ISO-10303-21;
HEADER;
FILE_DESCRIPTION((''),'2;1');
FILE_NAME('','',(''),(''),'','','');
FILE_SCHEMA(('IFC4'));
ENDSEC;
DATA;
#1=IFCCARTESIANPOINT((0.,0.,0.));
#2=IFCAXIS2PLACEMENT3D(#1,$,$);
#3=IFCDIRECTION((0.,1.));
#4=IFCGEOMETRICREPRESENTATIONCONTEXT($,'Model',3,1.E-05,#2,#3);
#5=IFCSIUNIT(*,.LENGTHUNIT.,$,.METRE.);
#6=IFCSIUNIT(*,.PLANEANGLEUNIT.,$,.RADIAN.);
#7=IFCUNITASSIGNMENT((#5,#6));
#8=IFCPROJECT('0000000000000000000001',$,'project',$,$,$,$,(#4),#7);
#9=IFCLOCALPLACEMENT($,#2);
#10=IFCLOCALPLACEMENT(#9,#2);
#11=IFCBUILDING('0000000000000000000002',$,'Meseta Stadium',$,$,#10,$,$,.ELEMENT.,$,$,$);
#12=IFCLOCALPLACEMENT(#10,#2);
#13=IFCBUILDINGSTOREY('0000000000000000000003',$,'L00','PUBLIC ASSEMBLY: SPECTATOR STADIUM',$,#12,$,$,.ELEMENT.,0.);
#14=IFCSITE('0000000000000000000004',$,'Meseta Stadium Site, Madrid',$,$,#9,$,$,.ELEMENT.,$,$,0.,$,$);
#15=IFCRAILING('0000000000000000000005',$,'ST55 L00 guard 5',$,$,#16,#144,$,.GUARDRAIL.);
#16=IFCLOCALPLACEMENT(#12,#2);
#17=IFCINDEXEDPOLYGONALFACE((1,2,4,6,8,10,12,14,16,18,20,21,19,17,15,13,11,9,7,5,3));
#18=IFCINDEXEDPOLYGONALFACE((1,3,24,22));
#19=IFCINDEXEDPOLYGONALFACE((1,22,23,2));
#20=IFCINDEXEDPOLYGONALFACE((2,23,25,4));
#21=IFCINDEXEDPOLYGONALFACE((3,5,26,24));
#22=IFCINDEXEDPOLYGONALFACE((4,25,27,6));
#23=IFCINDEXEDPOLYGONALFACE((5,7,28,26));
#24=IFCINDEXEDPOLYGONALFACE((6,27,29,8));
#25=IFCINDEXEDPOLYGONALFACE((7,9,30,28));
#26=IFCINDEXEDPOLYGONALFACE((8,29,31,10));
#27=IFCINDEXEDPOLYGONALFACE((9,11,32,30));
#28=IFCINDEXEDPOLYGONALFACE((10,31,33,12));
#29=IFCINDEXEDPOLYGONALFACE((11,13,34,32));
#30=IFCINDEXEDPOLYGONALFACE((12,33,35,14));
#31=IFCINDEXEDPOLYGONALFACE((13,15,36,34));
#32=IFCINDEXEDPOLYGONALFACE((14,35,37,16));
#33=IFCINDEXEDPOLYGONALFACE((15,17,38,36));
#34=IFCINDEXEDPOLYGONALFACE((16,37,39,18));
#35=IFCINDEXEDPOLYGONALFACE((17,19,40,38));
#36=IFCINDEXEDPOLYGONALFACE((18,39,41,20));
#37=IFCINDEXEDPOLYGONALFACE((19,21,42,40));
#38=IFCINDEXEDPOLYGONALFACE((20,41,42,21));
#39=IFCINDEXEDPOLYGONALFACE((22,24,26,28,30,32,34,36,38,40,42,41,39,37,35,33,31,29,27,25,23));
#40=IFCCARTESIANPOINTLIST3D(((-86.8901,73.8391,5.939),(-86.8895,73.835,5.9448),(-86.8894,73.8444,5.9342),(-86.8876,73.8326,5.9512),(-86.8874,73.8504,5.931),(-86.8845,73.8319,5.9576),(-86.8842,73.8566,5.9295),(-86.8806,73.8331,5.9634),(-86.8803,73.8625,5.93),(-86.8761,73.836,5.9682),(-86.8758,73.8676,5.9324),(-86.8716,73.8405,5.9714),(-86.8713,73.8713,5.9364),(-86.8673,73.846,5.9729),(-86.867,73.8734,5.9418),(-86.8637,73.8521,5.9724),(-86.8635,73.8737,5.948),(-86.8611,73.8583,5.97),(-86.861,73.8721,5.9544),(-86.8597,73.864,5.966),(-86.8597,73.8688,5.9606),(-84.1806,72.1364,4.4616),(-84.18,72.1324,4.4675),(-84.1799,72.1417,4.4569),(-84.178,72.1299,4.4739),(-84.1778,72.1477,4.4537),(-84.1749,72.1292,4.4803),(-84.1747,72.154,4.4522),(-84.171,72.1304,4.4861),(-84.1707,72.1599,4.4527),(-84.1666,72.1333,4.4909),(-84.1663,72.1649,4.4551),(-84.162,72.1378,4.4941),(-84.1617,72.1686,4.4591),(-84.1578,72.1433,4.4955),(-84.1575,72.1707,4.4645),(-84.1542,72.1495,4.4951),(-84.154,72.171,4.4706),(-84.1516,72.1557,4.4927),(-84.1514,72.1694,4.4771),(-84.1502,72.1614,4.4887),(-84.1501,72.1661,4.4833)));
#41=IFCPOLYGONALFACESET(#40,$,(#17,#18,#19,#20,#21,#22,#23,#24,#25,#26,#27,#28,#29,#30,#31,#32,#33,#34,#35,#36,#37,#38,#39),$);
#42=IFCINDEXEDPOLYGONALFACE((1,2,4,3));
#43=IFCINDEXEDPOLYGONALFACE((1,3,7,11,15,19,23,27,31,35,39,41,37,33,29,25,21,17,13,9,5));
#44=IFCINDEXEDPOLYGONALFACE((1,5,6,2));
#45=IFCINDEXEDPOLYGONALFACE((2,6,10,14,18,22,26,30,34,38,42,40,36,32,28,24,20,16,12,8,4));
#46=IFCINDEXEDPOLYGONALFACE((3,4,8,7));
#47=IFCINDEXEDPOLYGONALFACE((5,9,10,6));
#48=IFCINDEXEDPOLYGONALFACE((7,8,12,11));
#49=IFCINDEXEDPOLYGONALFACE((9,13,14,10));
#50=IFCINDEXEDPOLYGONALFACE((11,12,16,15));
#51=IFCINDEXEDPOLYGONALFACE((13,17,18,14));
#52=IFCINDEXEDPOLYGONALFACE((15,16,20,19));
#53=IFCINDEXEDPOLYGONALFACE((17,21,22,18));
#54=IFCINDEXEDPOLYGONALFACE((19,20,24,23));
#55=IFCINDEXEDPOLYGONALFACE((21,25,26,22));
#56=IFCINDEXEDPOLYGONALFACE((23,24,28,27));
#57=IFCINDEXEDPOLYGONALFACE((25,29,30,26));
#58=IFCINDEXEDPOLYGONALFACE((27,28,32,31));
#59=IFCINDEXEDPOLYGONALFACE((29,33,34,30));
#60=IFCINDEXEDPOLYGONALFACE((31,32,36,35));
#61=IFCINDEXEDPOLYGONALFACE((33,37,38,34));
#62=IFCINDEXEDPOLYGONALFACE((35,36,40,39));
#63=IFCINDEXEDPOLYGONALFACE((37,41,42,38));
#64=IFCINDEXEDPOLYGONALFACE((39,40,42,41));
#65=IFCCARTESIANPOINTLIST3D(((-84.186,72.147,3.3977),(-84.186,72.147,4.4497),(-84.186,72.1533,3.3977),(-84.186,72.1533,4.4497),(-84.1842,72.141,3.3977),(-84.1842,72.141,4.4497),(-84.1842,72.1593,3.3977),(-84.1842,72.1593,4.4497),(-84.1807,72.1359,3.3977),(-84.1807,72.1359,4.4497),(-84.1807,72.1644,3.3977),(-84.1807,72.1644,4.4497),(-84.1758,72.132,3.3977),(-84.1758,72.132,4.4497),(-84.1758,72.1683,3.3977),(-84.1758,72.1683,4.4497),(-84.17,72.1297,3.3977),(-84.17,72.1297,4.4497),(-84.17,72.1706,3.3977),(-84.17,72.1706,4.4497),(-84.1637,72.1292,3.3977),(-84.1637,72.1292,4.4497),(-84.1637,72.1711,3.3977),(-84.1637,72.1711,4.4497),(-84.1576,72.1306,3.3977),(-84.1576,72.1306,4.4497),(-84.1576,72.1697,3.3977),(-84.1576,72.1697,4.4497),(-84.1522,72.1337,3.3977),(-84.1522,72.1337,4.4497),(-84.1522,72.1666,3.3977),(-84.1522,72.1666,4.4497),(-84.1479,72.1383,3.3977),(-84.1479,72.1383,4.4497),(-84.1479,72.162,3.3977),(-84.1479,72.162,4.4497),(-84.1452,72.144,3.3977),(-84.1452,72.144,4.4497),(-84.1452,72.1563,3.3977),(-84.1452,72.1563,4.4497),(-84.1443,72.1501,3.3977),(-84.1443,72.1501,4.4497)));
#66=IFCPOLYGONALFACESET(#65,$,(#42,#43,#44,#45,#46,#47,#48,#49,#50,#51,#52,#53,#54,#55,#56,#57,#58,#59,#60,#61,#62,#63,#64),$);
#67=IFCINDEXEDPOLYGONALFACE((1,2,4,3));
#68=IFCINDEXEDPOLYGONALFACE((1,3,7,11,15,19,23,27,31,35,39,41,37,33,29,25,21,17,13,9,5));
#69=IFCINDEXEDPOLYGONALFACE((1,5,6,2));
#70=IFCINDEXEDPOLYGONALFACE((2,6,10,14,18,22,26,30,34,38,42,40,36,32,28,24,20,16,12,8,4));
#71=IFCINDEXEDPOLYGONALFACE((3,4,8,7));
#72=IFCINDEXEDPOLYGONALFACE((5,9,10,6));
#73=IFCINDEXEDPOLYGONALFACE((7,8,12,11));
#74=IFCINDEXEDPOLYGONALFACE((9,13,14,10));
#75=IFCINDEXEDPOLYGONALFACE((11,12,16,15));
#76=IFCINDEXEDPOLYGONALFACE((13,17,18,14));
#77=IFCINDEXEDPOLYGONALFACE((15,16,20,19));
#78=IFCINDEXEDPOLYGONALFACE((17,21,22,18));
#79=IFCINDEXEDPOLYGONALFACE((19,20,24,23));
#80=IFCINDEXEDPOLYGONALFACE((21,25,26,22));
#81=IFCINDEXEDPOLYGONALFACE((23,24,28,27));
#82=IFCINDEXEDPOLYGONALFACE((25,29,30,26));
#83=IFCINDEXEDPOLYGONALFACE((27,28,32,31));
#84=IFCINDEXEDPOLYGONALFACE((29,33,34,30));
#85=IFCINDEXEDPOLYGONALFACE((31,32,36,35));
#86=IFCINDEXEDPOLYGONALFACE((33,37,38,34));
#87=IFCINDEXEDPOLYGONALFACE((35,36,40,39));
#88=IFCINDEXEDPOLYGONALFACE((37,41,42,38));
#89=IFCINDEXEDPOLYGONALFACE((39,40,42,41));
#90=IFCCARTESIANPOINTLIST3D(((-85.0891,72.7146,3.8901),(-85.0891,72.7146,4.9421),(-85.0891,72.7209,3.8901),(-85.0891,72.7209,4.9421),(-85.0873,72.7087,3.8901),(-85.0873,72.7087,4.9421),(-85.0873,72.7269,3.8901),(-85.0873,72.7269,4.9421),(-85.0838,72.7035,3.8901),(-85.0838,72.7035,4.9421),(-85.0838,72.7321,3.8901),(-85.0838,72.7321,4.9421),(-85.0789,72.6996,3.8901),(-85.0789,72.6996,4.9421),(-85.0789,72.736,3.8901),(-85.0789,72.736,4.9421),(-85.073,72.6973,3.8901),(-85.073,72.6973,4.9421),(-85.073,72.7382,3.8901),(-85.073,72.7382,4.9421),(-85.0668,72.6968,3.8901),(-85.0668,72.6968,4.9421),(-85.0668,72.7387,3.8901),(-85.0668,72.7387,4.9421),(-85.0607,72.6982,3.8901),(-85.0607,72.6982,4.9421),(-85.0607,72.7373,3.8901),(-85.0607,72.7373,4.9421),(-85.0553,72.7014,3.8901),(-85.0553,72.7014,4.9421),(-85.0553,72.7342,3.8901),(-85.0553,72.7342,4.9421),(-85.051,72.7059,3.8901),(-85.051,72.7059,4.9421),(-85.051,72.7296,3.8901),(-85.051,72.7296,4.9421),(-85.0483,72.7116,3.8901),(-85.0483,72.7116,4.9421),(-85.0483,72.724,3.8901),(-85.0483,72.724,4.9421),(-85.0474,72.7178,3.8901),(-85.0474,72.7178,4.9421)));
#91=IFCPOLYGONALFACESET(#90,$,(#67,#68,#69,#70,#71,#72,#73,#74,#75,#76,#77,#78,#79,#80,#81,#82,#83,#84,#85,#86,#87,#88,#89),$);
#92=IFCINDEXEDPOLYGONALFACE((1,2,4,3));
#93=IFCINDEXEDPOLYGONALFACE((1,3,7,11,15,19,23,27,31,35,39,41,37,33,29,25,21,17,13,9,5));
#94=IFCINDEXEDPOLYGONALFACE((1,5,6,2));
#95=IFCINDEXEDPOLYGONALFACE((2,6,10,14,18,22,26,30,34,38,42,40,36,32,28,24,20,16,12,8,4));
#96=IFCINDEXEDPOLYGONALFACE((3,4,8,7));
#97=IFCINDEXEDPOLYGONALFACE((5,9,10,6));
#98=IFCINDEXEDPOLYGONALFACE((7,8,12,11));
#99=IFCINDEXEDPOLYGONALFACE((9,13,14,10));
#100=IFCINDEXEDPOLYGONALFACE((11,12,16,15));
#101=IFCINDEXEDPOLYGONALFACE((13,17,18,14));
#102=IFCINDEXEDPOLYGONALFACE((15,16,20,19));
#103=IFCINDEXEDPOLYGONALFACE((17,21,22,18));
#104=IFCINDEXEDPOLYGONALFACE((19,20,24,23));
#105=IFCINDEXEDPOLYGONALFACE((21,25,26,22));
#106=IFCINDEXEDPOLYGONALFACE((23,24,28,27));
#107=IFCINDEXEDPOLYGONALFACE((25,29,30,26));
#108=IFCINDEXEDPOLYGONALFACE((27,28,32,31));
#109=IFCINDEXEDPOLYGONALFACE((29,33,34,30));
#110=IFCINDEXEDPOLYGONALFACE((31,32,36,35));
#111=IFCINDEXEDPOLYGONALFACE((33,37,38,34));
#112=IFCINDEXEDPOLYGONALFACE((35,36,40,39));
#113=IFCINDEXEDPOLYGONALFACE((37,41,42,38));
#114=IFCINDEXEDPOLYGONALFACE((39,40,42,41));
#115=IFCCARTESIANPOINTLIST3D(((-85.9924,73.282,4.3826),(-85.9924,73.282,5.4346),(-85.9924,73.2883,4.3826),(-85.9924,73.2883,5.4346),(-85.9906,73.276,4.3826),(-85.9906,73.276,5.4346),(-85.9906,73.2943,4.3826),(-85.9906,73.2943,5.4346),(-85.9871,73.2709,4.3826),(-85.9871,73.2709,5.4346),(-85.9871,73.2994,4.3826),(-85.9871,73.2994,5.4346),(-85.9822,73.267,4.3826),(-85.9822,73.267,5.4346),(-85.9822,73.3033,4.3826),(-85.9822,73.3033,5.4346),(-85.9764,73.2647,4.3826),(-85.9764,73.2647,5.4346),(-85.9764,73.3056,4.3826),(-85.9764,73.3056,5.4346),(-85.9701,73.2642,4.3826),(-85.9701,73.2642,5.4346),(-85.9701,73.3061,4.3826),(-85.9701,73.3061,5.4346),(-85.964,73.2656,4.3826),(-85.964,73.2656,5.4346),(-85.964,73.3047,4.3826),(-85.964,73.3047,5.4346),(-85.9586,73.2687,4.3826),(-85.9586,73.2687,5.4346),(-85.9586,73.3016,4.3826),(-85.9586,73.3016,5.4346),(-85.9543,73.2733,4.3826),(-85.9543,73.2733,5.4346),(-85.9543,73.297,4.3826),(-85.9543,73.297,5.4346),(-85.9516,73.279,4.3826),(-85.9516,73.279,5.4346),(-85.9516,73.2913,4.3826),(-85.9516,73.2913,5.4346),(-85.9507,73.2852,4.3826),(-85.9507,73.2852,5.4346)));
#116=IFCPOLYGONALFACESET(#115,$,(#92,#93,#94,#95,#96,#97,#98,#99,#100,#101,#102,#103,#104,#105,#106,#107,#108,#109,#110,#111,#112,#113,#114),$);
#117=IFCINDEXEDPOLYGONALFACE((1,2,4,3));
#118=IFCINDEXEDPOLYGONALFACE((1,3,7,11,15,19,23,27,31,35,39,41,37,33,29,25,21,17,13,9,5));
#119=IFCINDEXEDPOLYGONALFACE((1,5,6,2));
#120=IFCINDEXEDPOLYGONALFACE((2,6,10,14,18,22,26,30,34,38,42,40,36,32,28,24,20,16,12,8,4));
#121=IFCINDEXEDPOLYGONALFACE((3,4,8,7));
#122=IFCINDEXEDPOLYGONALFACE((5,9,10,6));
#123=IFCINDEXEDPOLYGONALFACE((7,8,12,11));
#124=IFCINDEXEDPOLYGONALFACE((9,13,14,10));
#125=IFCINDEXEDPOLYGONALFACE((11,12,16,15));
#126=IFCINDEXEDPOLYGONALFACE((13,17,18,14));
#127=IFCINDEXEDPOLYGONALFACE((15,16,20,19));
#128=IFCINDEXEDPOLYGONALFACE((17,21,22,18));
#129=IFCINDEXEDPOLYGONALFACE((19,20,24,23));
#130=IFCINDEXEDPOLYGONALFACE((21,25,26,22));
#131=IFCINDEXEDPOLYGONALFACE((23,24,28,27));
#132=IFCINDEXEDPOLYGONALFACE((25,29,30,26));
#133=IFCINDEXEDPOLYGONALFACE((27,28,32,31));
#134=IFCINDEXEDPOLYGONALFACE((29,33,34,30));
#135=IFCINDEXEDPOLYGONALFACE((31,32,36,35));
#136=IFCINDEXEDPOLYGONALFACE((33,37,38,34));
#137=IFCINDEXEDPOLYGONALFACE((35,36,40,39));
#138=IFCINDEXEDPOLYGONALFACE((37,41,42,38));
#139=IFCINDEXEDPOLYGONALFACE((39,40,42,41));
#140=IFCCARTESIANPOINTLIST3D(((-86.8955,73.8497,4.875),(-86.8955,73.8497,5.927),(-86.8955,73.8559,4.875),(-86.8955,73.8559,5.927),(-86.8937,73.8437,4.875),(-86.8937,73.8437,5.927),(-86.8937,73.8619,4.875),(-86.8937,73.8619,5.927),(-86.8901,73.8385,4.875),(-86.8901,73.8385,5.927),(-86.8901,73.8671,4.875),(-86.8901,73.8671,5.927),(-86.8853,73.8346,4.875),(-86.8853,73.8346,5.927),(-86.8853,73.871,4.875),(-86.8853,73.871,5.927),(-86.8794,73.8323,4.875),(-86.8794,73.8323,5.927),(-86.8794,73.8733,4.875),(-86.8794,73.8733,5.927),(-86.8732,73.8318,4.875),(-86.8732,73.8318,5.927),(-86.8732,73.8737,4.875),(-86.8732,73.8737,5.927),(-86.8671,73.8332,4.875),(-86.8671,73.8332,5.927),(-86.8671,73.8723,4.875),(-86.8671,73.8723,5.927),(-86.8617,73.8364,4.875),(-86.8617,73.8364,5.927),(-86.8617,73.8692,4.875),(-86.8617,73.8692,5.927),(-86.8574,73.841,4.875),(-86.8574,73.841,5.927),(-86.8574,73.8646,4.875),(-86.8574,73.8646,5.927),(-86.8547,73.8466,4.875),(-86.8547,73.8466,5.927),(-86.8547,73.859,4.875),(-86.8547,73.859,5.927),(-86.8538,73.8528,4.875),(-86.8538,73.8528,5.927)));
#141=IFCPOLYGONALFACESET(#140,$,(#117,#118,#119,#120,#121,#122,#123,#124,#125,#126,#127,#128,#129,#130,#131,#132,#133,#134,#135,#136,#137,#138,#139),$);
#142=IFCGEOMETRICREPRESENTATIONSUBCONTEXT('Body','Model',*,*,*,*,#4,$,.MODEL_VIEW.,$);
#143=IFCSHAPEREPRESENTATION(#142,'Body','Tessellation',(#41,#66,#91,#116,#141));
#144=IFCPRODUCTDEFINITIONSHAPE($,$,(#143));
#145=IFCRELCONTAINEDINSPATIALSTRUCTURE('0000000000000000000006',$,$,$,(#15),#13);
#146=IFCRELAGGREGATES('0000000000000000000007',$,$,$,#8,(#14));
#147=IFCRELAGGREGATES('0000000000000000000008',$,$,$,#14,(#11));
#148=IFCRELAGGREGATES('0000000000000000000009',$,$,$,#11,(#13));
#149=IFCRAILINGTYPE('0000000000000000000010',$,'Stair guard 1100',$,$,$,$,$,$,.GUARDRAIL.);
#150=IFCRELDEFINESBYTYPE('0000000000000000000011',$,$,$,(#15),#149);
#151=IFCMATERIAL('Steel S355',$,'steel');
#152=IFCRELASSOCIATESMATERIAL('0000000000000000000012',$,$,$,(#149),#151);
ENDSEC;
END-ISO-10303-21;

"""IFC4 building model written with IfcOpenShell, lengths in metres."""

from ifc_helpers import new_model, si_unit, direction, frame, origin, origin_2d, place, context, subcontext, project, spatial, circle, extrude, material, type_object, element, save


model = new_model("IFC4")

# Units and contexts
model_context = context("Model", 3, precision=1e-05, world=origin(), true_north=direction((0.0, 1.0)))
body_context = subcontext(model_context, "Body", "Model", "MODEL_VIEW")
ifc_project = project(units=[si_unit("LENGTHUNIT", "METRE"), si_unit("PLANEANGLEUNIT", "RADIAN")], contexts=[model_context])

# Site, building, storey
site_placement = place(None, origin())
site = spatial("IfcSite", under=ifc_project, at=site_placement, Name="Meseta Stadium Site, Madrid", CompositionType="ELEMENT", RefElevation=0.0)
building_placement = place(site_placement, origin())
building = spatial("IfcBuilding", under=site, at=building_placement, Name="Meseta Stadium", CompositionType="ELEMENT")
storey_placement = place(building_placement, origin())
storey = spatial("IfcBuildingStorey", under=building, at=storey_placement, Name="L00", Description="PUBLIC ASSEMBLY: SPECTATOR STADIUM", CompositionType="ELEMENT", Elevation=0.0)

# Railing
ifc_material_1 = material(Name="Steel S355", Category="steel")
railing_type_1 = type_object("IfcRailingType", Name="Stair guard 1100", PredefinedType="GUARDRAIL", material=ifc_material_1)
railing_1_placement = place(storey_placement, frame((-84.1653, 72.1501, 3.3977)))
element("IfcRailing", 1, at=railing_1_placement, inside=storey, type_object=railing_type_1, Name="ST55 L00 guard 5", PredefinedType="GUARDRAIL", context=body_context, shape_type="SweptSolid", body=[
    extrude(circle(Radius=0.0239, at=origin_2d()), frame((0.0, 0.0, 1.0762), z_axis=(-0.768738, 0.483076, 0.419142), x_axis=(-0.532068, -0.846701, 0.0)), (0.0, 0.0, 1.0), 3.5247),
    extrude(circle(Radius=0.021, at=origin_2d()), origin(), (0.0, 0.0, 1.0), 1.052),
    extrude(circle(Radius=0.021, at=origin_2d()), frame((-0.9031, 0.5676, 0.4924)), (0.0, 0.0, 1.0), 1.052),
    extrude(circle(Radius=0.021, at=origin_2d()), frame((-1.8064, 1.135, 0.9849)), (0.0, 0.0, 1.0), 1.052),
    extrude(circle(Radius=0.021, at=origin_2d()), frame((-2.7095, 1.7026, 1.4773)), (0.0, 0.0, 1.0), 1.052),
])

save(model, "model.ifc")
